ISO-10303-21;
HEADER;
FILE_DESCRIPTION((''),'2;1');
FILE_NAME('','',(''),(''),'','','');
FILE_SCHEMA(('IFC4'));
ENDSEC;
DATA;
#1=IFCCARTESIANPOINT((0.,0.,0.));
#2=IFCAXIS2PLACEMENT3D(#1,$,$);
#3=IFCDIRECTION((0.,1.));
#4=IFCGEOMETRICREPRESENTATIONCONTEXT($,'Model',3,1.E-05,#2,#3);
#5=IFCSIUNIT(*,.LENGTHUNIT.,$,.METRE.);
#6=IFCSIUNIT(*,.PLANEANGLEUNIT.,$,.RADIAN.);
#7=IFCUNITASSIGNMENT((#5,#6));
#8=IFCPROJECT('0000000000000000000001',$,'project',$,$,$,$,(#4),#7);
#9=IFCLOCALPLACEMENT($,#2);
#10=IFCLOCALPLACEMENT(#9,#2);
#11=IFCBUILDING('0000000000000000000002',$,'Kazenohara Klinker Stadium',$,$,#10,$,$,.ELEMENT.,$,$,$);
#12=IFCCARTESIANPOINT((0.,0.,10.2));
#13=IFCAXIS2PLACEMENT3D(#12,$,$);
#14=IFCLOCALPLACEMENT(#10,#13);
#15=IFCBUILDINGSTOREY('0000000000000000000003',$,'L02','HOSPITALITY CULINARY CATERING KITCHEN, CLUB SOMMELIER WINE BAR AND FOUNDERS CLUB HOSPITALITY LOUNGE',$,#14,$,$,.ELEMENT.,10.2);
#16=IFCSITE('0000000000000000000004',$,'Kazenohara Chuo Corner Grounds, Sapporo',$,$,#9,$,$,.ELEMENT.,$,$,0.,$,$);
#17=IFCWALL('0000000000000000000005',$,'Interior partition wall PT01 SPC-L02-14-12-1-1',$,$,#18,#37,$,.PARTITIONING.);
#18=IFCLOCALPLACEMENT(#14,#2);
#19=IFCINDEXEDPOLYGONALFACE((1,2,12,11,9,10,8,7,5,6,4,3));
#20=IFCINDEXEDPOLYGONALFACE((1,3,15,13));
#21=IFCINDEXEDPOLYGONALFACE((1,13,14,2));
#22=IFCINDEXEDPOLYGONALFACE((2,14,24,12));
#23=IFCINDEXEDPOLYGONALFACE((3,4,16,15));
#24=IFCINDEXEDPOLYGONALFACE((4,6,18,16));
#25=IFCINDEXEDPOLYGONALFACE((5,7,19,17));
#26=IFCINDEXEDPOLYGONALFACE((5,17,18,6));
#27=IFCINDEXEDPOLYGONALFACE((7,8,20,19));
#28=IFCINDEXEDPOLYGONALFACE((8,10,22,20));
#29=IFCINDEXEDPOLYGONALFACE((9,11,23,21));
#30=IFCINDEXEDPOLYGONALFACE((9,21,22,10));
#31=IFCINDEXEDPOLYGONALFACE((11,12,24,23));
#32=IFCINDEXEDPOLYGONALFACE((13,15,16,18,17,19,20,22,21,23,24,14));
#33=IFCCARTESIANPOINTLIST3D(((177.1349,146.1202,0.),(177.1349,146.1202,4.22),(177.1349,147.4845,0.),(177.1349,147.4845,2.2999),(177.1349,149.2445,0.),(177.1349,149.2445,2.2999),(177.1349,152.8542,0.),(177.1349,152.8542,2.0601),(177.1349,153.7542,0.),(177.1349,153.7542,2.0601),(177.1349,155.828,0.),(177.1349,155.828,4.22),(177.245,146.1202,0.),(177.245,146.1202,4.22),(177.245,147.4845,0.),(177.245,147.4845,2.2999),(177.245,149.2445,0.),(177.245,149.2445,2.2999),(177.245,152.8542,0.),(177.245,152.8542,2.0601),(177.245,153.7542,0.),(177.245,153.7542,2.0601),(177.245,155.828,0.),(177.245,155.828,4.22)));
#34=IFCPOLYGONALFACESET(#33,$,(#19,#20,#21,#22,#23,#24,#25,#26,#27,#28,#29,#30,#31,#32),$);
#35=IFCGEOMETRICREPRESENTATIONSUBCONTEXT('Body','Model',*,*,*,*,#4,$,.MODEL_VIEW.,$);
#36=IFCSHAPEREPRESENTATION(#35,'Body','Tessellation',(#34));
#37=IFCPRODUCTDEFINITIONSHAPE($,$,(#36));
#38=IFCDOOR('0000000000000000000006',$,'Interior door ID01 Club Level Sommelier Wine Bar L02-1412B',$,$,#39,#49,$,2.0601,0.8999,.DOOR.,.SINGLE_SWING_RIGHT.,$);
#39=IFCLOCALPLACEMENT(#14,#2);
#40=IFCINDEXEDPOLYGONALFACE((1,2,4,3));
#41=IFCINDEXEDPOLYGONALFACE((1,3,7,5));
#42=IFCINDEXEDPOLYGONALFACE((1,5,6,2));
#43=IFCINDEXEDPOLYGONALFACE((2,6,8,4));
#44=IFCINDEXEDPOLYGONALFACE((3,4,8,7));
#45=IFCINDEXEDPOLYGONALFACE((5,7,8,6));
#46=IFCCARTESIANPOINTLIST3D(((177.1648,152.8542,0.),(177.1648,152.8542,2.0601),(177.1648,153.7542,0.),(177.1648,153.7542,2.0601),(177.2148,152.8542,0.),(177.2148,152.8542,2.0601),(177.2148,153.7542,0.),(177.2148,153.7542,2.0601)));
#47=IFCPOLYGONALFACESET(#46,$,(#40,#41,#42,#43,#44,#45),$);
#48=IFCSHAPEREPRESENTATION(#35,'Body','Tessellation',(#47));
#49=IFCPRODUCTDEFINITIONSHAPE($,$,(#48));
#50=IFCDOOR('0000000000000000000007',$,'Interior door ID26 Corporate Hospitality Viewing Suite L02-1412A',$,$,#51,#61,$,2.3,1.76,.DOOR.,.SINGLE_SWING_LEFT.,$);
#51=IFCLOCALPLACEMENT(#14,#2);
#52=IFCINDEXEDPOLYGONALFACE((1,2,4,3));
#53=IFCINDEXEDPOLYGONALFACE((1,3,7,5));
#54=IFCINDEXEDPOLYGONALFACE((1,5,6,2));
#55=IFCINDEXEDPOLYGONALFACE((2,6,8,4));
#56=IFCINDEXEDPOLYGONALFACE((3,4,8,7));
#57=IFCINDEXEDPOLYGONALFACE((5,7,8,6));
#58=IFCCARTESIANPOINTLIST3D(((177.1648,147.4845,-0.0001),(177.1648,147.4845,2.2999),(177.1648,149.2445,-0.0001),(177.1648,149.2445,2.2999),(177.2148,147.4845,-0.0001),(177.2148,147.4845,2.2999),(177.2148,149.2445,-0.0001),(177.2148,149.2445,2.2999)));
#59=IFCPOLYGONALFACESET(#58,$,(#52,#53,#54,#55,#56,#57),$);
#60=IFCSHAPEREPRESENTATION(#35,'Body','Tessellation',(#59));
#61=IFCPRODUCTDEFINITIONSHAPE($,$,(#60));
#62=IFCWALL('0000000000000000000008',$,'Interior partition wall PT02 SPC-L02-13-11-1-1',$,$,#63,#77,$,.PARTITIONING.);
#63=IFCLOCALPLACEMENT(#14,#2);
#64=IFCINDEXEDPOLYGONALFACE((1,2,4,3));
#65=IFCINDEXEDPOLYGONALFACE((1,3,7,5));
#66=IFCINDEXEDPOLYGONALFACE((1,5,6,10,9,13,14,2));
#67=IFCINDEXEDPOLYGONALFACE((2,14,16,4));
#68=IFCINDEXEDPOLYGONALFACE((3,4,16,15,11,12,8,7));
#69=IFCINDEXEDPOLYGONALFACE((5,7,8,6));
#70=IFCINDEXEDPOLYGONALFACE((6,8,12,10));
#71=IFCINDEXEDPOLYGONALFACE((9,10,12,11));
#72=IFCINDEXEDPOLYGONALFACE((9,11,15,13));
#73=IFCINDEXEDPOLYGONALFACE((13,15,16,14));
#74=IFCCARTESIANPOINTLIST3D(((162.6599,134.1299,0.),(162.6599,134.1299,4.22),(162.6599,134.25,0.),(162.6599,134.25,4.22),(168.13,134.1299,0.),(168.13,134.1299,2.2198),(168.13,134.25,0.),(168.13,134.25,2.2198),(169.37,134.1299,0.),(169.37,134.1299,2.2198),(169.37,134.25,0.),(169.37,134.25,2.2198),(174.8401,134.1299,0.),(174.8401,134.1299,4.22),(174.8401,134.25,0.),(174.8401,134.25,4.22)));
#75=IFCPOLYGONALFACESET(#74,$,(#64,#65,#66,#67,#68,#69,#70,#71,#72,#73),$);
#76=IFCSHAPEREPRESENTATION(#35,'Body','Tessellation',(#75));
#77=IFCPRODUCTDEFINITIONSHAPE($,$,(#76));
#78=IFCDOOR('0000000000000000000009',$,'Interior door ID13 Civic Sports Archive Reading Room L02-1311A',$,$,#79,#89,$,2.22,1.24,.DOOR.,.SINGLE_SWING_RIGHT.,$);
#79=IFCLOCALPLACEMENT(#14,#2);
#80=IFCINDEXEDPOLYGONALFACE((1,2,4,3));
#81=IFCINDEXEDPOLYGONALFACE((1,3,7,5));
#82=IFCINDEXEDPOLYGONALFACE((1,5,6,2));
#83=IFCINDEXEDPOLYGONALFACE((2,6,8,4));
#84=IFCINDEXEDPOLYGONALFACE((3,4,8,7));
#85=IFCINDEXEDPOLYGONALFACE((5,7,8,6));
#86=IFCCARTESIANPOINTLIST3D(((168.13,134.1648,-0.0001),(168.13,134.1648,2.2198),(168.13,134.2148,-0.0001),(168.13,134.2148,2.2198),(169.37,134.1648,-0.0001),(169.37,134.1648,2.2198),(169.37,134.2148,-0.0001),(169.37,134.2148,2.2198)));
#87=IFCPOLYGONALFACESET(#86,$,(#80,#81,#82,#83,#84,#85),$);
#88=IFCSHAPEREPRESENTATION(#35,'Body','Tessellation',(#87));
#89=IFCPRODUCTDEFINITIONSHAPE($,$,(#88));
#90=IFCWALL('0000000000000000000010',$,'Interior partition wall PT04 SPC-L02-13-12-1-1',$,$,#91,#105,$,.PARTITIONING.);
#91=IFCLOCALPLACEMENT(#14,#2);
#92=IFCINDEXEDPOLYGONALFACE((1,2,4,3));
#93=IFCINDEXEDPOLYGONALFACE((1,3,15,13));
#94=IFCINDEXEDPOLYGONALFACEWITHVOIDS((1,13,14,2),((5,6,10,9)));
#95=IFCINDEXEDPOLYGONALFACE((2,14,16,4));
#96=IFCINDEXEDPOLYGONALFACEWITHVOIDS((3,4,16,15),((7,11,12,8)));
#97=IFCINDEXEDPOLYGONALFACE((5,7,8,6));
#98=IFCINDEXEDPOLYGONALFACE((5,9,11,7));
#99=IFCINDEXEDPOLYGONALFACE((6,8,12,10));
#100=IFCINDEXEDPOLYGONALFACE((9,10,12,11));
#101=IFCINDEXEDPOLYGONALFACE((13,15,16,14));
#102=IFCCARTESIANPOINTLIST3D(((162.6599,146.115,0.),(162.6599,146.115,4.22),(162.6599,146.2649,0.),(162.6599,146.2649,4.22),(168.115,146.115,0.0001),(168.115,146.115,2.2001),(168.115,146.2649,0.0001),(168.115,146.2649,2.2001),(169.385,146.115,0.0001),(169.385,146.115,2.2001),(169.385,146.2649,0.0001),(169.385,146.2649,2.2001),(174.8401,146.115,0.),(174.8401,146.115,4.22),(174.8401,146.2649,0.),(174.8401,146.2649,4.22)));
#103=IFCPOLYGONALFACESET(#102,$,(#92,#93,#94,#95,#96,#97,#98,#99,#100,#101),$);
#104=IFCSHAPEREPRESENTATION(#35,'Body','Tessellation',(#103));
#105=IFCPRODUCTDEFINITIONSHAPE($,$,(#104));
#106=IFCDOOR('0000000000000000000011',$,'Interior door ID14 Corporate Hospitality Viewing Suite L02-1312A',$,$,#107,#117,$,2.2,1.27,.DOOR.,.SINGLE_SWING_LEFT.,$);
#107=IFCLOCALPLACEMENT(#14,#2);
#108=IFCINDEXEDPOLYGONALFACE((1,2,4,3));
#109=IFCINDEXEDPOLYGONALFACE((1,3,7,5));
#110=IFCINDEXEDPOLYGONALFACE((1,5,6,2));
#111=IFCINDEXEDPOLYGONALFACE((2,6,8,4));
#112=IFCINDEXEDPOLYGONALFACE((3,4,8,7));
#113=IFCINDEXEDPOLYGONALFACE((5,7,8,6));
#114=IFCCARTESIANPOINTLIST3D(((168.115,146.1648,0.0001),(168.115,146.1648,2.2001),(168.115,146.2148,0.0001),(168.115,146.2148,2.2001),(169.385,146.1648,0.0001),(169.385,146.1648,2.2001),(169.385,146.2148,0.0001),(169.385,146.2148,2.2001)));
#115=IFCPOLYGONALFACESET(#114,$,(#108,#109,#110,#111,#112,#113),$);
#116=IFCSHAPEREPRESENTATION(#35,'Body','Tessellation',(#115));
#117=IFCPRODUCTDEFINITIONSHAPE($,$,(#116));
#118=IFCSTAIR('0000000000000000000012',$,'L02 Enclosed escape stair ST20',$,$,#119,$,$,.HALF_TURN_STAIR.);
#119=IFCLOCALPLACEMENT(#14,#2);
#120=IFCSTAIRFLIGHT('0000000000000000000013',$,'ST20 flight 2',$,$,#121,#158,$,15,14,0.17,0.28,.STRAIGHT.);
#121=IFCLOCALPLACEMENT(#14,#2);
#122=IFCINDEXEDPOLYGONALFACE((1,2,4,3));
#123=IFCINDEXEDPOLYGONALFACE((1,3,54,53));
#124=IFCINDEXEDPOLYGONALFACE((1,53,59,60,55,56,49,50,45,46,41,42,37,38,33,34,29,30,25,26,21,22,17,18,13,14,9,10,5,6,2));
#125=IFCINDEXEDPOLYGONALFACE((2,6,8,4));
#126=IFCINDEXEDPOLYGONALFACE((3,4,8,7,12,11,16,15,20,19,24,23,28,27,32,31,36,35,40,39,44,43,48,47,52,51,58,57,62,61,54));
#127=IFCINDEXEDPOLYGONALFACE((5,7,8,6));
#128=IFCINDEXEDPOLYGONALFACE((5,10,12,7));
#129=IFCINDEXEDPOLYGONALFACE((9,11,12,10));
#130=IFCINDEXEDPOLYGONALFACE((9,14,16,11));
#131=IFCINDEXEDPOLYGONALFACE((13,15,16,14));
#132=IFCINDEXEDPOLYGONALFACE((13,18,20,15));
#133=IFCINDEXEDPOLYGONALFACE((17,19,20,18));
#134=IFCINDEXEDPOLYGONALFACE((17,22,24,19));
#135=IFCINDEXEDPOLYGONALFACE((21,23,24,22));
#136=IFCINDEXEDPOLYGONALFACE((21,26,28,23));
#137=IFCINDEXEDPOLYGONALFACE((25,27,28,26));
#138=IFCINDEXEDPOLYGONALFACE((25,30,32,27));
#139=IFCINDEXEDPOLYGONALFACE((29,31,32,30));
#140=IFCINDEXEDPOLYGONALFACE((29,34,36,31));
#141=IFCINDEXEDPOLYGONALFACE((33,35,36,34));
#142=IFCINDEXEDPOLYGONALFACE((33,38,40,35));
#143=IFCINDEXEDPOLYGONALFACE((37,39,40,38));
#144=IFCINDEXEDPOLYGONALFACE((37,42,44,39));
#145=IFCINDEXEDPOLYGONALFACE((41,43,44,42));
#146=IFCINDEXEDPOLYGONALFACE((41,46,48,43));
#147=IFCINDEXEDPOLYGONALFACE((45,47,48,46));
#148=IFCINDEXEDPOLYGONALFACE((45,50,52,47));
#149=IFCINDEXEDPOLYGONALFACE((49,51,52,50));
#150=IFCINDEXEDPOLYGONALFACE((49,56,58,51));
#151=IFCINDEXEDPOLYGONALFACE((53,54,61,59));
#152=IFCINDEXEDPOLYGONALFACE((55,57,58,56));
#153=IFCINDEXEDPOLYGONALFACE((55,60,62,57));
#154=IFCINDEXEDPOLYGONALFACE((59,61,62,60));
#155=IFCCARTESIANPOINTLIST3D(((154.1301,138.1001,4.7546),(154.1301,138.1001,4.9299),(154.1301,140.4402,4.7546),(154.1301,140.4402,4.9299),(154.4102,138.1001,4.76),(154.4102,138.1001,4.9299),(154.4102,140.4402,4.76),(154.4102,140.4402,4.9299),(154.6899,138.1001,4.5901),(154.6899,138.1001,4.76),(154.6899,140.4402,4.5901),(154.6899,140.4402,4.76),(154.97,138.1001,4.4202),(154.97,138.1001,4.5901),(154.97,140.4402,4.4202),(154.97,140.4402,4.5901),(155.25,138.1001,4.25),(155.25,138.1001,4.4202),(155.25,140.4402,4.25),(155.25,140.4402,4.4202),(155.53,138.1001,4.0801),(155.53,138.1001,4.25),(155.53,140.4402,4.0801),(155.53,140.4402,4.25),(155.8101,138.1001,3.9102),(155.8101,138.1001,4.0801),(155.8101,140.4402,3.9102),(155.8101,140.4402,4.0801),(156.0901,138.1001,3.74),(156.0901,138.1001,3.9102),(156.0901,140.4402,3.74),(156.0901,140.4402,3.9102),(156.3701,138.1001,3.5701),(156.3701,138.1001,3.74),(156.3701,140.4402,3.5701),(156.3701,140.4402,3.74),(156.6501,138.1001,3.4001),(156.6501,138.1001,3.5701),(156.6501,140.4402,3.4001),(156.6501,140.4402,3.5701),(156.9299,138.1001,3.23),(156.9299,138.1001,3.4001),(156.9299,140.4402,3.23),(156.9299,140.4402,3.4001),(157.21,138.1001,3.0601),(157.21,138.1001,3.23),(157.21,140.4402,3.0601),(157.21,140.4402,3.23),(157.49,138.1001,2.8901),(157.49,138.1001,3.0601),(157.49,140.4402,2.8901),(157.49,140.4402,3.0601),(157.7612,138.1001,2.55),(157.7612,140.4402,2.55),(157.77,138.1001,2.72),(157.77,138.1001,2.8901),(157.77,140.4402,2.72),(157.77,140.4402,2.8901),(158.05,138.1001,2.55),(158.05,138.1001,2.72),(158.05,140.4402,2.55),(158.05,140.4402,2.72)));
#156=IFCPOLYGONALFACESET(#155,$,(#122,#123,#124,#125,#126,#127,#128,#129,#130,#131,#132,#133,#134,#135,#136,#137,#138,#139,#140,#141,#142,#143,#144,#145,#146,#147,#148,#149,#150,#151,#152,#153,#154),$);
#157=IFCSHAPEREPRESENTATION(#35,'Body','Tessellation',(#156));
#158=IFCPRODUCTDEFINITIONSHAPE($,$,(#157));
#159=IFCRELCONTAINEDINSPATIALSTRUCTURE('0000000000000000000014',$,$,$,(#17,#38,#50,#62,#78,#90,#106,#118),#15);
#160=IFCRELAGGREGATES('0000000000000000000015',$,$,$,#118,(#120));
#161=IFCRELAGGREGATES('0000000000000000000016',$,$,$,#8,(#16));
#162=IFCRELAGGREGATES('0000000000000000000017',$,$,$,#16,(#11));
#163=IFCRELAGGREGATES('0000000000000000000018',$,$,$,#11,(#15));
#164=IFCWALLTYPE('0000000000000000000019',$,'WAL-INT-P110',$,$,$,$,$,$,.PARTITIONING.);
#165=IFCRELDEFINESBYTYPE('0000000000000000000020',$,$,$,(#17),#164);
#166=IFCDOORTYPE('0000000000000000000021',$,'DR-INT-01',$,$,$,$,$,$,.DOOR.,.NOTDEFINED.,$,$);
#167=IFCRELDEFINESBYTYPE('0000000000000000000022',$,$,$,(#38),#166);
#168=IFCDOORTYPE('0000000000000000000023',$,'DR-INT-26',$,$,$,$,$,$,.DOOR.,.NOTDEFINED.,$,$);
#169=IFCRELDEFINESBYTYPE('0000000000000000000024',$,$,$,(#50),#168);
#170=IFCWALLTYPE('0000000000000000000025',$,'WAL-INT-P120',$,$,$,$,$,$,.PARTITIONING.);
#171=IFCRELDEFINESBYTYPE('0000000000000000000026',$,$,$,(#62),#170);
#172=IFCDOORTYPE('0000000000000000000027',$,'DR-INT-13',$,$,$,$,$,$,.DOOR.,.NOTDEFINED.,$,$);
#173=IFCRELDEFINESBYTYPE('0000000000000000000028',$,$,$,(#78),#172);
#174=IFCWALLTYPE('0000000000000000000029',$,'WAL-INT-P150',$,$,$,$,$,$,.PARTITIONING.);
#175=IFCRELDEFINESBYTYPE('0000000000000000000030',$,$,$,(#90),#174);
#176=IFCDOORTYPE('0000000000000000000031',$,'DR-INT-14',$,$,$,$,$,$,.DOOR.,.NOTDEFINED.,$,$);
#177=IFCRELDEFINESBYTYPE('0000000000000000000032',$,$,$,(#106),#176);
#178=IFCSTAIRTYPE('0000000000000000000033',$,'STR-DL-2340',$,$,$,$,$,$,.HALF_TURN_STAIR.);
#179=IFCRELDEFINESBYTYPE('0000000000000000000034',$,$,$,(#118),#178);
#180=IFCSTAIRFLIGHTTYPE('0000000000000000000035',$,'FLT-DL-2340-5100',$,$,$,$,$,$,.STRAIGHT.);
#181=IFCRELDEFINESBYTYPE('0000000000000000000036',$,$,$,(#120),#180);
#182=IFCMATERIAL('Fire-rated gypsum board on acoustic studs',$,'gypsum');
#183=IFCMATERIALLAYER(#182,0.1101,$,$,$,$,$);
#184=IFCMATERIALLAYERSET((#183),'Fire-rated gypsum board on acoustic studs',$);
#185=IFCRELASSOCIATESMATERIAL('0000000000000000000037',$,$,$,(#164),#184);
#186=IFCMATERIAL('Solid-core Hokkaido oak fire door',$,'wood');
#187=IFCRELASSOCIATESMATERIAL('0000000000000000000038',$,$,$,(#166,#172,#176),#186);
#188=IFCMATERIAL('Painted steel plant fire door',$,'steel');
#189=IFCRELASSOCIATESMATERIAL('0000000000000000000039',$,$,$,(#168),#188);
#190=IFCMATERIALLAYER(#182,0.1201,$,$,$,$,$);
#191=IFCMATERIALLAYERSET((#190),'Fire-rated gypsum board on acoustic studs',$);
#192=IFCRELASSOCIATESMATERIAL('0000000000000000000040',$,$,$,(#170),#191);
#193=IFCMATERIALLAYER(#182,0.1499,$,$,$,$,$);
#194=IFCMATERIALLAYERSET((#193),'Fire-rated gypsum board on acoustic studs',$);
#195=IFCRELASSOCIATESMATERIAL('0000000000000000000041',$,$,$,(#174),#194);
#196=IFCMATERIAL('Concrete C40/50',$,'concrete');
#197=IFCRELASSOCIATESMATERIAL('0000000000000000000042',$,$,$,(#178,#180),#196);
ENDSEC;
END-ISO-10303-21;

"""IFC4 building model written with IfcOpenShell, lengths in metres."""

from ifc_helpers import new_model, si_unit, direction, frame, frame_2d, origin, place, context, subcontext, project, spatial, polyline, rectangle, outline, extrude, material, layer, layer_set, type_object, element, fill, aggregate, save


model = new_model("IFC4")

# Units and contexts
model_context = context("Model", 3, precision=1e-05, world=origin(), true_north=direction((0.0, 1.0)))
body_context = subcontext(model_context, "Body", "Model", "MODEL_VIEW")
ifc_project = project(units=[si_unit("LENGTHUNIT", "METRE"), si_unit("PLANEANGLEUNIT", "RADIAN")], contexts=[model_context])

# Site, building, storey
site_placement = place(None, origin())
site = spatial("IfcSite", under=ifc_project, at=site_placement, Name="Kazenohara Chuo Corner Grounds, Sapporo", CompositionType="ELEMENT", RefElevation=0.0)
building_placement = place(site_placement, origin())
building = spatial("IfcBuilding", under=site, at=building_placement, Name="Kazenohara Klinker Stadium", CompositionType="ELEMENT")
storey_placement = place(building_placement, frame((0.0, 0.0, 10.2)))
storey = spatial("IfcBuildingStorey", under=building, at=storey_placement, Name="L02", Description="HOSPITALITY CULINARY CATERING KITCHEN, CLUB SOMMELIER WINE BAR AND FOUNDERS CLUB HOSPITALITY LOUNGE", CompositionType="ELEMENT", Elevation=10.2)

# Shared definitions
ifc_material_1 = material(Name="Concrete C40/50", Category="concrete")

# Wall, openings, doors
ifc_material_2 = material(Name="Fire-rated gypsum board on acoustic studs", Category="gypsum")
ifc_layer_1 = layer(ifc_material_2, 0.1101)
ifc_layer_set_1 = layer_set([ifc_layer_1], Name="Fire-rated gypsum board on acoustic studs")
wall_type_1 = type_object("IfcWallType", Name="WAL-INT-P110", PredefinedType="PARTITIONING", material=ifc_layer_set_1)
wall_1_placement = place(storey_placement, frame((177.1899, 146.1201, 0.0), z_axis=(0.0, 0.0, 1.0), x_axis=(0.0, 1.0, 0.0)))
wall_1 = element("IfcWall", 1, at=wall_1_placement, inside=storey, type_object=wall_type_1, Name="Interior partition wall PT01 SPC-L02-14-12-1-1", PredefinedType="PARTITIONING", context=body_context, shape_type="SweptSolid", body=[
    extrude(rectangle(XDim=9.7078, YDim=0.1101, at=frame_2d((4.854, 0.0))), origin(), (0.0, 0.0, 1.0), 4.22),
])
opening_1_placement = place(wall_1_placement, frame((3.1243, 0.0, 0.0), z_axis=(0.0, 0.0, 1.0), x_axis=(-1.0, 0.0, 0.0)))
opening_1 = element("IfcOpeningElement", 2, at=opening_1_placement, cuts=wall_1, PredefinedType="OPENING", context=body_context, shape_type="SweptSolid", body=[
    extrude(rectangle(XDim=1.76, YDim=2.3, at=frame_2d((0.8799, 1.1499))), frame((0.0, 0.0649, 0.0), z_axis=(0.0, -1.0, 0.0), x_axis=(1.0, 0.0, 0.0)), (0.0, 0.0, 1.0), 0.1301),
])
opening_2_placement = place(wall_1_placement, frame((7.634, 0.0, 0.0), z_axis=(0.0, 0.0, 1.0), x_axis=(-1.0, 0.0, 0.0)))
opening_2 = element("IfcOpeningElement", 3, at=opening_2_placement, cuts=wall_1, PredefinedType="OPENING", context=body_context, shape_type="SweptSolid", body=[
    extrude(rectangle(XDim=0.8999, YDim=2.0601, at=frame_2d((0.45, 1.03))), frame((0.0, 0.0649, 0.0), z_axis=(0.0, -1.0, 0.0), x_axis=(1.0, 0.0, 0.0)), (0.0, 0.0, 1.0), 0.1301),
])
ifc_material_3 = material(Name="Solid-core Hokkaido oak fire door", Category="wood")
door_type_1 = type_object("IfcDoorType", Name="DR-INT-01", OperationType="NOTDEFINED", PredefinedType="DOOR", material=ifc_material_3)
door_1_placement = place(opening_2_placement, origin())
door_1 = element("IfcDoor", 4, at=door_1_placement, inside=storey, type_object=door_type_1, Name="Interior door ID01 Club Level Sommelier Wine Bar L02-1412B", OperationType="SINGLE_SWING_RIGHT", OverallHeight=2.0601, OverallWidth=0.8999, PredefinedType="DOOR", context=body_context, shape_type="SweptSolid", body=[
    extrude(rectangle(XDim=0.8999, YDim=2.0601, at=frame_2d((0.45, 1.03))), frame((0.0, 0.0249, 0.0), z_axis=(0.0, -1.0, 0.0), x_axis=(1.0, 0.0, 0.0)), (0.0, 0.0, 1.0), 0.05),
])
fill(opening_2, door_1)
ifc_material_4 = material(Name="Painted steel plant fire door", Category="steel")
door_type_2 = type_object("IfcDoorType", Name="DR-INT-26", OperationType="NOTDEFINED", PredefinedType="DOOR", material=ifc_material_4)
door_2_placement = place(opening_1_placement, origin())
door_2 = element("IfcDoor", 5, at=door_2_placement, inside=storey, type_object=door_type_2, Name="Interior door ID26 Corporate Hospitality Viewing Suite L02-1412A", OperationType="SINGLE_SWING_LEFT", OverallHeight=2.3, OverallWidth=1.76, PredefinedType="DOOR", context=body_context, shape_type="SweptSolid", body=[
    extrude(rectangle(XDim=1.76, YDim=2.3, at=frame_2d((0.8799, 1.1499))), frame((0.0, 0.0249, 0.0), z_axis=(0.0, -1.0, 0.0), x_axis=(1.0, 0.0, 0.0)), (0.0, 0.0, 1.0), 0.05),
])
fill(opening_1, door_2)

# Walls, openings, doors
ifc_layer_2 = layer(ifc_material_2, 0.1201)
ifc_layer_set_2 = layer_set([ifc_layer_2], Name="Fire-rated gypsum board on acoustic studs")
wall_type_2 = type_object("IfcWallType", Name="WAL-INT-P120", PredefinedType="PARTITIONING", material=ifc_layer_set_2)
wall_2_placement = place(storey_placement, frame((162.6599, 134.1899, 0.0), z_axis=(0.0, 0.0, 1.0), x_axis=(1.0, 0.0, 0.0)))
wall_2 = element("IfcWall", 6, at=wall_2_placement, inside=storey, type_object=wall_type_2, Name="Interior partition wall PT02 SPC-L02-13-11-1-1", PredefinedType="PARTITIONING", context=body_context, shape_type="SweptSolid", body=[
    extrude(rectangle(XDim=12.1802, YDim=0.1201, at=frame_2d((6.0901, 0.0))), origin(), (0.0, 0.0, 1.0), 4.22),
])
opening_3_placement = place(wall_2_placement, frame((5.47, 0.0, 0.0)))
opening_3 = element("IfcOpeningElement", 7, at=opening_3_placement, cuts=wall_2, PredefinedType="OPENING", context=body_context, shape_type="SweptSolid", body=[
    extrude(rectangle(XDim=1.24, YDim=2.22, at=frame_2d((0.6201, 1.1099))), frame((0.0, 0.0701, 0.0), z_axis=(0.0, -1.0, 0.0), x_axis=(1.0, 0.0, 0.0)), (0.0, 0.0, 1.0), 0.1401),
])
door_type_3 = type_object("IfcDoorType", Name="DR-INT-13", OperationType="NOTDEFINED", PredefinedType="DOOR", material=ifc_material_3)
door_3_placement = place(opening_3_placement, origin())
door_3 = element("IfcDoor", 8, at=door_3_placement, inside=storey, type_object=door_type_3, Name="Interior door ID13 Civic Sports Archive Reading Room L02-1311A", OperationType="SINGLE_SWING_RIGHT", OverallHeight=2.22, OverallWidth=1.24, PredefinedType="DOOR", context=body_context, shape_type="SweptSolid", body=[
    extrude(rectangle(XDim=1.24, YDim=2.22, at=frame_2d((0.6201, 1.1099))), frame((0.0, 0.0249, 0.0), z_axis=(0.0, -1.0, 0.0), x_axis=(1.0, 0.0, 0.0)), (0.0, 0.0, 1.0), 0.05),
])
fill(opening_3, door_3)
ifc_layer_3 = layer(ifc_material_2, 0.1499)
ifc_layer_set_3 = layer_set([ifc_layer_3], Name="Fire-rated gypsum board on acoustic studs")
wall_type_3 = type_object("IfcWallType", Name="WAL-INT-P150", PredefinedType="PARTITIONING", material=ifc_layer_set_3)
wall_3_placement = place(storey_placement, frame((162.6599, 146.1899, 0.0), z_axis=(0.0, 0.0, 1.0), x_axis=(1.0, 0.0, 0.0)))
wall_3 = element("IfcWall", 9, at=wall_3_placement, inside=storey, type_object=wall_type_3, Name="Interior partition wall PT04 SPC-L02-13-12-1-1", PredefinedType="PARTITIONING", context=body_context, shape_type="SweptSolid", body=[
    extrude(rectangle(XDim=12.1802, YDim=0.1499, at=frame_2d((6.0901, 0.0))), origin(), (0.0, 0.0, 1.0), 4.22),
])
opening_4_placement = place(wall_3_placement, frame((5.4551, 0.0, 0.0)))
opening_4 = element("IfcOpeningElement", 10, at=opening_4_placement, cuts=wall_3, PredefinedType="OPENING", context=body_context, shape_type="SweptSolid", body=[
    extrude(rectangle(XDim=1.27, YDim=2.2, at=frame_2d((0.635, 1.1001))), frame((0.0, 0.085, 0.0), z_axis=(0.0, -1.0, 0.0), x_axis=(1.0, 0.0, 0.0)), (0.0, 0.0, 1.0), 0.1699),
])
door_type_4 = type_object("IfcDoorType", Name="DR-INT-14", OperationType="NOTDEFINED", PredefinedType="DOOR", material=ifc_material_3)
door_4_placement = place(opening_4_placement, origin())
door_4 = element("IfcDoor", 11, at=door_4_placement, inside=storey, type_object=door_type_4, Name="Interior door ID14 Corporate Hospitality Viewing Suite L02-1312A", OperationType="SINGLE_SWING_LEFT", OverallHeight=2.2, OverallWidth=1.27, PredefinedType="DOOR", context=body_context, shape_type="SweptSolid", body=[
    extrude(rectangle(XDim=1.27, YDim=2.2, at=frame_2d((0.635, 1.1001))), frame((0.0, 0.0249, 0.0), z_axis=(0.0, -1.0, 0.0), x_axis=(1.0, 0.0, 0.0)), (0.0, 0.0, 1.0), 0.05),
])
fill(opening_4, door_4)

# Stair, stair flight
stair_type = type_object("IfcStairType", Name="STR-DL-2340", PredefinedType="HALF_TURN_STAIR", material=ifc_material_1)
stair_placement = place(storey_placement, origin())
stair = element("IfcStair", 12, at=stair_placement, inside=storey, type_object=stair_type, Name="L02 Enclosed escape stair ST20", PredefinedType="HALF_TURN_STAIR")
stair_flight_type = type_object("IfcStairFlightType", Name="FLT-DL-2340-5100", PredefinedType="STRAIGHT", material=ifc_material_1)
stair_flight_placement = place(storey_placement, frame((158.05, 139.27, 2.55), z_axis=(0.0, 0.0, 1.0), x_axis=(-1.0, 0.0, 0.0)))
stair_flight = element("IfcStairFlight", 13, at=stair_flight_placement, type_object=stair_flight_type, Name="ST20 flight 2", NumberOfRisers=15, NumberOfTreads=14, PredefinedType="STRAIGHT", RiserHeight=0.17, TreadLength=0.28, context=body_context, shape_type="SweptSolid", body=[
    extrude(outline(polyline([(0.0, 0.0), (0.0, 0.1699), (0.28, 0.1699), (0.28, 0.3401), (0.5601, 0.3401), (0.5601, 0.51), (0.8401, 0.51), (0.8401, 0.6799), (1.1201, 0.6799), (1.1201, 0.8501), (1.3999, 0.8501), (1.3999, 1.02), (1.6799, 1.02), (1.6799, 1.1899), (1.96, 1.1899), (1.96, 1.3601), (2.24, 1.3601), (2.24, 1.53), (2.52, 1.53), (2.52, 1.7), (2.8, 1.7), (2.8, 1.8701), (3.0801, 1.8701), (3.0801, 2.04), (3.3601, 2.04), (3.3601, 2.21), (3.6399, 2.21), (3.6399, 2.3799), (3.9199, 2.3799), (3.9199, 2.55), (3.9199, 2.2046), (0.2888, 0.0), (0.0, 0.0)])), frame((0.0, 1.1699, 0.0), z_axis=(0.0, -1.0, 0.0), x_axis=(1.0, 0.0, 0.0)), (0.0, 0.0, 1.0), 2.3401),
])
aggregate(stair, [stair_flight])

save(model, "model.ifc")
